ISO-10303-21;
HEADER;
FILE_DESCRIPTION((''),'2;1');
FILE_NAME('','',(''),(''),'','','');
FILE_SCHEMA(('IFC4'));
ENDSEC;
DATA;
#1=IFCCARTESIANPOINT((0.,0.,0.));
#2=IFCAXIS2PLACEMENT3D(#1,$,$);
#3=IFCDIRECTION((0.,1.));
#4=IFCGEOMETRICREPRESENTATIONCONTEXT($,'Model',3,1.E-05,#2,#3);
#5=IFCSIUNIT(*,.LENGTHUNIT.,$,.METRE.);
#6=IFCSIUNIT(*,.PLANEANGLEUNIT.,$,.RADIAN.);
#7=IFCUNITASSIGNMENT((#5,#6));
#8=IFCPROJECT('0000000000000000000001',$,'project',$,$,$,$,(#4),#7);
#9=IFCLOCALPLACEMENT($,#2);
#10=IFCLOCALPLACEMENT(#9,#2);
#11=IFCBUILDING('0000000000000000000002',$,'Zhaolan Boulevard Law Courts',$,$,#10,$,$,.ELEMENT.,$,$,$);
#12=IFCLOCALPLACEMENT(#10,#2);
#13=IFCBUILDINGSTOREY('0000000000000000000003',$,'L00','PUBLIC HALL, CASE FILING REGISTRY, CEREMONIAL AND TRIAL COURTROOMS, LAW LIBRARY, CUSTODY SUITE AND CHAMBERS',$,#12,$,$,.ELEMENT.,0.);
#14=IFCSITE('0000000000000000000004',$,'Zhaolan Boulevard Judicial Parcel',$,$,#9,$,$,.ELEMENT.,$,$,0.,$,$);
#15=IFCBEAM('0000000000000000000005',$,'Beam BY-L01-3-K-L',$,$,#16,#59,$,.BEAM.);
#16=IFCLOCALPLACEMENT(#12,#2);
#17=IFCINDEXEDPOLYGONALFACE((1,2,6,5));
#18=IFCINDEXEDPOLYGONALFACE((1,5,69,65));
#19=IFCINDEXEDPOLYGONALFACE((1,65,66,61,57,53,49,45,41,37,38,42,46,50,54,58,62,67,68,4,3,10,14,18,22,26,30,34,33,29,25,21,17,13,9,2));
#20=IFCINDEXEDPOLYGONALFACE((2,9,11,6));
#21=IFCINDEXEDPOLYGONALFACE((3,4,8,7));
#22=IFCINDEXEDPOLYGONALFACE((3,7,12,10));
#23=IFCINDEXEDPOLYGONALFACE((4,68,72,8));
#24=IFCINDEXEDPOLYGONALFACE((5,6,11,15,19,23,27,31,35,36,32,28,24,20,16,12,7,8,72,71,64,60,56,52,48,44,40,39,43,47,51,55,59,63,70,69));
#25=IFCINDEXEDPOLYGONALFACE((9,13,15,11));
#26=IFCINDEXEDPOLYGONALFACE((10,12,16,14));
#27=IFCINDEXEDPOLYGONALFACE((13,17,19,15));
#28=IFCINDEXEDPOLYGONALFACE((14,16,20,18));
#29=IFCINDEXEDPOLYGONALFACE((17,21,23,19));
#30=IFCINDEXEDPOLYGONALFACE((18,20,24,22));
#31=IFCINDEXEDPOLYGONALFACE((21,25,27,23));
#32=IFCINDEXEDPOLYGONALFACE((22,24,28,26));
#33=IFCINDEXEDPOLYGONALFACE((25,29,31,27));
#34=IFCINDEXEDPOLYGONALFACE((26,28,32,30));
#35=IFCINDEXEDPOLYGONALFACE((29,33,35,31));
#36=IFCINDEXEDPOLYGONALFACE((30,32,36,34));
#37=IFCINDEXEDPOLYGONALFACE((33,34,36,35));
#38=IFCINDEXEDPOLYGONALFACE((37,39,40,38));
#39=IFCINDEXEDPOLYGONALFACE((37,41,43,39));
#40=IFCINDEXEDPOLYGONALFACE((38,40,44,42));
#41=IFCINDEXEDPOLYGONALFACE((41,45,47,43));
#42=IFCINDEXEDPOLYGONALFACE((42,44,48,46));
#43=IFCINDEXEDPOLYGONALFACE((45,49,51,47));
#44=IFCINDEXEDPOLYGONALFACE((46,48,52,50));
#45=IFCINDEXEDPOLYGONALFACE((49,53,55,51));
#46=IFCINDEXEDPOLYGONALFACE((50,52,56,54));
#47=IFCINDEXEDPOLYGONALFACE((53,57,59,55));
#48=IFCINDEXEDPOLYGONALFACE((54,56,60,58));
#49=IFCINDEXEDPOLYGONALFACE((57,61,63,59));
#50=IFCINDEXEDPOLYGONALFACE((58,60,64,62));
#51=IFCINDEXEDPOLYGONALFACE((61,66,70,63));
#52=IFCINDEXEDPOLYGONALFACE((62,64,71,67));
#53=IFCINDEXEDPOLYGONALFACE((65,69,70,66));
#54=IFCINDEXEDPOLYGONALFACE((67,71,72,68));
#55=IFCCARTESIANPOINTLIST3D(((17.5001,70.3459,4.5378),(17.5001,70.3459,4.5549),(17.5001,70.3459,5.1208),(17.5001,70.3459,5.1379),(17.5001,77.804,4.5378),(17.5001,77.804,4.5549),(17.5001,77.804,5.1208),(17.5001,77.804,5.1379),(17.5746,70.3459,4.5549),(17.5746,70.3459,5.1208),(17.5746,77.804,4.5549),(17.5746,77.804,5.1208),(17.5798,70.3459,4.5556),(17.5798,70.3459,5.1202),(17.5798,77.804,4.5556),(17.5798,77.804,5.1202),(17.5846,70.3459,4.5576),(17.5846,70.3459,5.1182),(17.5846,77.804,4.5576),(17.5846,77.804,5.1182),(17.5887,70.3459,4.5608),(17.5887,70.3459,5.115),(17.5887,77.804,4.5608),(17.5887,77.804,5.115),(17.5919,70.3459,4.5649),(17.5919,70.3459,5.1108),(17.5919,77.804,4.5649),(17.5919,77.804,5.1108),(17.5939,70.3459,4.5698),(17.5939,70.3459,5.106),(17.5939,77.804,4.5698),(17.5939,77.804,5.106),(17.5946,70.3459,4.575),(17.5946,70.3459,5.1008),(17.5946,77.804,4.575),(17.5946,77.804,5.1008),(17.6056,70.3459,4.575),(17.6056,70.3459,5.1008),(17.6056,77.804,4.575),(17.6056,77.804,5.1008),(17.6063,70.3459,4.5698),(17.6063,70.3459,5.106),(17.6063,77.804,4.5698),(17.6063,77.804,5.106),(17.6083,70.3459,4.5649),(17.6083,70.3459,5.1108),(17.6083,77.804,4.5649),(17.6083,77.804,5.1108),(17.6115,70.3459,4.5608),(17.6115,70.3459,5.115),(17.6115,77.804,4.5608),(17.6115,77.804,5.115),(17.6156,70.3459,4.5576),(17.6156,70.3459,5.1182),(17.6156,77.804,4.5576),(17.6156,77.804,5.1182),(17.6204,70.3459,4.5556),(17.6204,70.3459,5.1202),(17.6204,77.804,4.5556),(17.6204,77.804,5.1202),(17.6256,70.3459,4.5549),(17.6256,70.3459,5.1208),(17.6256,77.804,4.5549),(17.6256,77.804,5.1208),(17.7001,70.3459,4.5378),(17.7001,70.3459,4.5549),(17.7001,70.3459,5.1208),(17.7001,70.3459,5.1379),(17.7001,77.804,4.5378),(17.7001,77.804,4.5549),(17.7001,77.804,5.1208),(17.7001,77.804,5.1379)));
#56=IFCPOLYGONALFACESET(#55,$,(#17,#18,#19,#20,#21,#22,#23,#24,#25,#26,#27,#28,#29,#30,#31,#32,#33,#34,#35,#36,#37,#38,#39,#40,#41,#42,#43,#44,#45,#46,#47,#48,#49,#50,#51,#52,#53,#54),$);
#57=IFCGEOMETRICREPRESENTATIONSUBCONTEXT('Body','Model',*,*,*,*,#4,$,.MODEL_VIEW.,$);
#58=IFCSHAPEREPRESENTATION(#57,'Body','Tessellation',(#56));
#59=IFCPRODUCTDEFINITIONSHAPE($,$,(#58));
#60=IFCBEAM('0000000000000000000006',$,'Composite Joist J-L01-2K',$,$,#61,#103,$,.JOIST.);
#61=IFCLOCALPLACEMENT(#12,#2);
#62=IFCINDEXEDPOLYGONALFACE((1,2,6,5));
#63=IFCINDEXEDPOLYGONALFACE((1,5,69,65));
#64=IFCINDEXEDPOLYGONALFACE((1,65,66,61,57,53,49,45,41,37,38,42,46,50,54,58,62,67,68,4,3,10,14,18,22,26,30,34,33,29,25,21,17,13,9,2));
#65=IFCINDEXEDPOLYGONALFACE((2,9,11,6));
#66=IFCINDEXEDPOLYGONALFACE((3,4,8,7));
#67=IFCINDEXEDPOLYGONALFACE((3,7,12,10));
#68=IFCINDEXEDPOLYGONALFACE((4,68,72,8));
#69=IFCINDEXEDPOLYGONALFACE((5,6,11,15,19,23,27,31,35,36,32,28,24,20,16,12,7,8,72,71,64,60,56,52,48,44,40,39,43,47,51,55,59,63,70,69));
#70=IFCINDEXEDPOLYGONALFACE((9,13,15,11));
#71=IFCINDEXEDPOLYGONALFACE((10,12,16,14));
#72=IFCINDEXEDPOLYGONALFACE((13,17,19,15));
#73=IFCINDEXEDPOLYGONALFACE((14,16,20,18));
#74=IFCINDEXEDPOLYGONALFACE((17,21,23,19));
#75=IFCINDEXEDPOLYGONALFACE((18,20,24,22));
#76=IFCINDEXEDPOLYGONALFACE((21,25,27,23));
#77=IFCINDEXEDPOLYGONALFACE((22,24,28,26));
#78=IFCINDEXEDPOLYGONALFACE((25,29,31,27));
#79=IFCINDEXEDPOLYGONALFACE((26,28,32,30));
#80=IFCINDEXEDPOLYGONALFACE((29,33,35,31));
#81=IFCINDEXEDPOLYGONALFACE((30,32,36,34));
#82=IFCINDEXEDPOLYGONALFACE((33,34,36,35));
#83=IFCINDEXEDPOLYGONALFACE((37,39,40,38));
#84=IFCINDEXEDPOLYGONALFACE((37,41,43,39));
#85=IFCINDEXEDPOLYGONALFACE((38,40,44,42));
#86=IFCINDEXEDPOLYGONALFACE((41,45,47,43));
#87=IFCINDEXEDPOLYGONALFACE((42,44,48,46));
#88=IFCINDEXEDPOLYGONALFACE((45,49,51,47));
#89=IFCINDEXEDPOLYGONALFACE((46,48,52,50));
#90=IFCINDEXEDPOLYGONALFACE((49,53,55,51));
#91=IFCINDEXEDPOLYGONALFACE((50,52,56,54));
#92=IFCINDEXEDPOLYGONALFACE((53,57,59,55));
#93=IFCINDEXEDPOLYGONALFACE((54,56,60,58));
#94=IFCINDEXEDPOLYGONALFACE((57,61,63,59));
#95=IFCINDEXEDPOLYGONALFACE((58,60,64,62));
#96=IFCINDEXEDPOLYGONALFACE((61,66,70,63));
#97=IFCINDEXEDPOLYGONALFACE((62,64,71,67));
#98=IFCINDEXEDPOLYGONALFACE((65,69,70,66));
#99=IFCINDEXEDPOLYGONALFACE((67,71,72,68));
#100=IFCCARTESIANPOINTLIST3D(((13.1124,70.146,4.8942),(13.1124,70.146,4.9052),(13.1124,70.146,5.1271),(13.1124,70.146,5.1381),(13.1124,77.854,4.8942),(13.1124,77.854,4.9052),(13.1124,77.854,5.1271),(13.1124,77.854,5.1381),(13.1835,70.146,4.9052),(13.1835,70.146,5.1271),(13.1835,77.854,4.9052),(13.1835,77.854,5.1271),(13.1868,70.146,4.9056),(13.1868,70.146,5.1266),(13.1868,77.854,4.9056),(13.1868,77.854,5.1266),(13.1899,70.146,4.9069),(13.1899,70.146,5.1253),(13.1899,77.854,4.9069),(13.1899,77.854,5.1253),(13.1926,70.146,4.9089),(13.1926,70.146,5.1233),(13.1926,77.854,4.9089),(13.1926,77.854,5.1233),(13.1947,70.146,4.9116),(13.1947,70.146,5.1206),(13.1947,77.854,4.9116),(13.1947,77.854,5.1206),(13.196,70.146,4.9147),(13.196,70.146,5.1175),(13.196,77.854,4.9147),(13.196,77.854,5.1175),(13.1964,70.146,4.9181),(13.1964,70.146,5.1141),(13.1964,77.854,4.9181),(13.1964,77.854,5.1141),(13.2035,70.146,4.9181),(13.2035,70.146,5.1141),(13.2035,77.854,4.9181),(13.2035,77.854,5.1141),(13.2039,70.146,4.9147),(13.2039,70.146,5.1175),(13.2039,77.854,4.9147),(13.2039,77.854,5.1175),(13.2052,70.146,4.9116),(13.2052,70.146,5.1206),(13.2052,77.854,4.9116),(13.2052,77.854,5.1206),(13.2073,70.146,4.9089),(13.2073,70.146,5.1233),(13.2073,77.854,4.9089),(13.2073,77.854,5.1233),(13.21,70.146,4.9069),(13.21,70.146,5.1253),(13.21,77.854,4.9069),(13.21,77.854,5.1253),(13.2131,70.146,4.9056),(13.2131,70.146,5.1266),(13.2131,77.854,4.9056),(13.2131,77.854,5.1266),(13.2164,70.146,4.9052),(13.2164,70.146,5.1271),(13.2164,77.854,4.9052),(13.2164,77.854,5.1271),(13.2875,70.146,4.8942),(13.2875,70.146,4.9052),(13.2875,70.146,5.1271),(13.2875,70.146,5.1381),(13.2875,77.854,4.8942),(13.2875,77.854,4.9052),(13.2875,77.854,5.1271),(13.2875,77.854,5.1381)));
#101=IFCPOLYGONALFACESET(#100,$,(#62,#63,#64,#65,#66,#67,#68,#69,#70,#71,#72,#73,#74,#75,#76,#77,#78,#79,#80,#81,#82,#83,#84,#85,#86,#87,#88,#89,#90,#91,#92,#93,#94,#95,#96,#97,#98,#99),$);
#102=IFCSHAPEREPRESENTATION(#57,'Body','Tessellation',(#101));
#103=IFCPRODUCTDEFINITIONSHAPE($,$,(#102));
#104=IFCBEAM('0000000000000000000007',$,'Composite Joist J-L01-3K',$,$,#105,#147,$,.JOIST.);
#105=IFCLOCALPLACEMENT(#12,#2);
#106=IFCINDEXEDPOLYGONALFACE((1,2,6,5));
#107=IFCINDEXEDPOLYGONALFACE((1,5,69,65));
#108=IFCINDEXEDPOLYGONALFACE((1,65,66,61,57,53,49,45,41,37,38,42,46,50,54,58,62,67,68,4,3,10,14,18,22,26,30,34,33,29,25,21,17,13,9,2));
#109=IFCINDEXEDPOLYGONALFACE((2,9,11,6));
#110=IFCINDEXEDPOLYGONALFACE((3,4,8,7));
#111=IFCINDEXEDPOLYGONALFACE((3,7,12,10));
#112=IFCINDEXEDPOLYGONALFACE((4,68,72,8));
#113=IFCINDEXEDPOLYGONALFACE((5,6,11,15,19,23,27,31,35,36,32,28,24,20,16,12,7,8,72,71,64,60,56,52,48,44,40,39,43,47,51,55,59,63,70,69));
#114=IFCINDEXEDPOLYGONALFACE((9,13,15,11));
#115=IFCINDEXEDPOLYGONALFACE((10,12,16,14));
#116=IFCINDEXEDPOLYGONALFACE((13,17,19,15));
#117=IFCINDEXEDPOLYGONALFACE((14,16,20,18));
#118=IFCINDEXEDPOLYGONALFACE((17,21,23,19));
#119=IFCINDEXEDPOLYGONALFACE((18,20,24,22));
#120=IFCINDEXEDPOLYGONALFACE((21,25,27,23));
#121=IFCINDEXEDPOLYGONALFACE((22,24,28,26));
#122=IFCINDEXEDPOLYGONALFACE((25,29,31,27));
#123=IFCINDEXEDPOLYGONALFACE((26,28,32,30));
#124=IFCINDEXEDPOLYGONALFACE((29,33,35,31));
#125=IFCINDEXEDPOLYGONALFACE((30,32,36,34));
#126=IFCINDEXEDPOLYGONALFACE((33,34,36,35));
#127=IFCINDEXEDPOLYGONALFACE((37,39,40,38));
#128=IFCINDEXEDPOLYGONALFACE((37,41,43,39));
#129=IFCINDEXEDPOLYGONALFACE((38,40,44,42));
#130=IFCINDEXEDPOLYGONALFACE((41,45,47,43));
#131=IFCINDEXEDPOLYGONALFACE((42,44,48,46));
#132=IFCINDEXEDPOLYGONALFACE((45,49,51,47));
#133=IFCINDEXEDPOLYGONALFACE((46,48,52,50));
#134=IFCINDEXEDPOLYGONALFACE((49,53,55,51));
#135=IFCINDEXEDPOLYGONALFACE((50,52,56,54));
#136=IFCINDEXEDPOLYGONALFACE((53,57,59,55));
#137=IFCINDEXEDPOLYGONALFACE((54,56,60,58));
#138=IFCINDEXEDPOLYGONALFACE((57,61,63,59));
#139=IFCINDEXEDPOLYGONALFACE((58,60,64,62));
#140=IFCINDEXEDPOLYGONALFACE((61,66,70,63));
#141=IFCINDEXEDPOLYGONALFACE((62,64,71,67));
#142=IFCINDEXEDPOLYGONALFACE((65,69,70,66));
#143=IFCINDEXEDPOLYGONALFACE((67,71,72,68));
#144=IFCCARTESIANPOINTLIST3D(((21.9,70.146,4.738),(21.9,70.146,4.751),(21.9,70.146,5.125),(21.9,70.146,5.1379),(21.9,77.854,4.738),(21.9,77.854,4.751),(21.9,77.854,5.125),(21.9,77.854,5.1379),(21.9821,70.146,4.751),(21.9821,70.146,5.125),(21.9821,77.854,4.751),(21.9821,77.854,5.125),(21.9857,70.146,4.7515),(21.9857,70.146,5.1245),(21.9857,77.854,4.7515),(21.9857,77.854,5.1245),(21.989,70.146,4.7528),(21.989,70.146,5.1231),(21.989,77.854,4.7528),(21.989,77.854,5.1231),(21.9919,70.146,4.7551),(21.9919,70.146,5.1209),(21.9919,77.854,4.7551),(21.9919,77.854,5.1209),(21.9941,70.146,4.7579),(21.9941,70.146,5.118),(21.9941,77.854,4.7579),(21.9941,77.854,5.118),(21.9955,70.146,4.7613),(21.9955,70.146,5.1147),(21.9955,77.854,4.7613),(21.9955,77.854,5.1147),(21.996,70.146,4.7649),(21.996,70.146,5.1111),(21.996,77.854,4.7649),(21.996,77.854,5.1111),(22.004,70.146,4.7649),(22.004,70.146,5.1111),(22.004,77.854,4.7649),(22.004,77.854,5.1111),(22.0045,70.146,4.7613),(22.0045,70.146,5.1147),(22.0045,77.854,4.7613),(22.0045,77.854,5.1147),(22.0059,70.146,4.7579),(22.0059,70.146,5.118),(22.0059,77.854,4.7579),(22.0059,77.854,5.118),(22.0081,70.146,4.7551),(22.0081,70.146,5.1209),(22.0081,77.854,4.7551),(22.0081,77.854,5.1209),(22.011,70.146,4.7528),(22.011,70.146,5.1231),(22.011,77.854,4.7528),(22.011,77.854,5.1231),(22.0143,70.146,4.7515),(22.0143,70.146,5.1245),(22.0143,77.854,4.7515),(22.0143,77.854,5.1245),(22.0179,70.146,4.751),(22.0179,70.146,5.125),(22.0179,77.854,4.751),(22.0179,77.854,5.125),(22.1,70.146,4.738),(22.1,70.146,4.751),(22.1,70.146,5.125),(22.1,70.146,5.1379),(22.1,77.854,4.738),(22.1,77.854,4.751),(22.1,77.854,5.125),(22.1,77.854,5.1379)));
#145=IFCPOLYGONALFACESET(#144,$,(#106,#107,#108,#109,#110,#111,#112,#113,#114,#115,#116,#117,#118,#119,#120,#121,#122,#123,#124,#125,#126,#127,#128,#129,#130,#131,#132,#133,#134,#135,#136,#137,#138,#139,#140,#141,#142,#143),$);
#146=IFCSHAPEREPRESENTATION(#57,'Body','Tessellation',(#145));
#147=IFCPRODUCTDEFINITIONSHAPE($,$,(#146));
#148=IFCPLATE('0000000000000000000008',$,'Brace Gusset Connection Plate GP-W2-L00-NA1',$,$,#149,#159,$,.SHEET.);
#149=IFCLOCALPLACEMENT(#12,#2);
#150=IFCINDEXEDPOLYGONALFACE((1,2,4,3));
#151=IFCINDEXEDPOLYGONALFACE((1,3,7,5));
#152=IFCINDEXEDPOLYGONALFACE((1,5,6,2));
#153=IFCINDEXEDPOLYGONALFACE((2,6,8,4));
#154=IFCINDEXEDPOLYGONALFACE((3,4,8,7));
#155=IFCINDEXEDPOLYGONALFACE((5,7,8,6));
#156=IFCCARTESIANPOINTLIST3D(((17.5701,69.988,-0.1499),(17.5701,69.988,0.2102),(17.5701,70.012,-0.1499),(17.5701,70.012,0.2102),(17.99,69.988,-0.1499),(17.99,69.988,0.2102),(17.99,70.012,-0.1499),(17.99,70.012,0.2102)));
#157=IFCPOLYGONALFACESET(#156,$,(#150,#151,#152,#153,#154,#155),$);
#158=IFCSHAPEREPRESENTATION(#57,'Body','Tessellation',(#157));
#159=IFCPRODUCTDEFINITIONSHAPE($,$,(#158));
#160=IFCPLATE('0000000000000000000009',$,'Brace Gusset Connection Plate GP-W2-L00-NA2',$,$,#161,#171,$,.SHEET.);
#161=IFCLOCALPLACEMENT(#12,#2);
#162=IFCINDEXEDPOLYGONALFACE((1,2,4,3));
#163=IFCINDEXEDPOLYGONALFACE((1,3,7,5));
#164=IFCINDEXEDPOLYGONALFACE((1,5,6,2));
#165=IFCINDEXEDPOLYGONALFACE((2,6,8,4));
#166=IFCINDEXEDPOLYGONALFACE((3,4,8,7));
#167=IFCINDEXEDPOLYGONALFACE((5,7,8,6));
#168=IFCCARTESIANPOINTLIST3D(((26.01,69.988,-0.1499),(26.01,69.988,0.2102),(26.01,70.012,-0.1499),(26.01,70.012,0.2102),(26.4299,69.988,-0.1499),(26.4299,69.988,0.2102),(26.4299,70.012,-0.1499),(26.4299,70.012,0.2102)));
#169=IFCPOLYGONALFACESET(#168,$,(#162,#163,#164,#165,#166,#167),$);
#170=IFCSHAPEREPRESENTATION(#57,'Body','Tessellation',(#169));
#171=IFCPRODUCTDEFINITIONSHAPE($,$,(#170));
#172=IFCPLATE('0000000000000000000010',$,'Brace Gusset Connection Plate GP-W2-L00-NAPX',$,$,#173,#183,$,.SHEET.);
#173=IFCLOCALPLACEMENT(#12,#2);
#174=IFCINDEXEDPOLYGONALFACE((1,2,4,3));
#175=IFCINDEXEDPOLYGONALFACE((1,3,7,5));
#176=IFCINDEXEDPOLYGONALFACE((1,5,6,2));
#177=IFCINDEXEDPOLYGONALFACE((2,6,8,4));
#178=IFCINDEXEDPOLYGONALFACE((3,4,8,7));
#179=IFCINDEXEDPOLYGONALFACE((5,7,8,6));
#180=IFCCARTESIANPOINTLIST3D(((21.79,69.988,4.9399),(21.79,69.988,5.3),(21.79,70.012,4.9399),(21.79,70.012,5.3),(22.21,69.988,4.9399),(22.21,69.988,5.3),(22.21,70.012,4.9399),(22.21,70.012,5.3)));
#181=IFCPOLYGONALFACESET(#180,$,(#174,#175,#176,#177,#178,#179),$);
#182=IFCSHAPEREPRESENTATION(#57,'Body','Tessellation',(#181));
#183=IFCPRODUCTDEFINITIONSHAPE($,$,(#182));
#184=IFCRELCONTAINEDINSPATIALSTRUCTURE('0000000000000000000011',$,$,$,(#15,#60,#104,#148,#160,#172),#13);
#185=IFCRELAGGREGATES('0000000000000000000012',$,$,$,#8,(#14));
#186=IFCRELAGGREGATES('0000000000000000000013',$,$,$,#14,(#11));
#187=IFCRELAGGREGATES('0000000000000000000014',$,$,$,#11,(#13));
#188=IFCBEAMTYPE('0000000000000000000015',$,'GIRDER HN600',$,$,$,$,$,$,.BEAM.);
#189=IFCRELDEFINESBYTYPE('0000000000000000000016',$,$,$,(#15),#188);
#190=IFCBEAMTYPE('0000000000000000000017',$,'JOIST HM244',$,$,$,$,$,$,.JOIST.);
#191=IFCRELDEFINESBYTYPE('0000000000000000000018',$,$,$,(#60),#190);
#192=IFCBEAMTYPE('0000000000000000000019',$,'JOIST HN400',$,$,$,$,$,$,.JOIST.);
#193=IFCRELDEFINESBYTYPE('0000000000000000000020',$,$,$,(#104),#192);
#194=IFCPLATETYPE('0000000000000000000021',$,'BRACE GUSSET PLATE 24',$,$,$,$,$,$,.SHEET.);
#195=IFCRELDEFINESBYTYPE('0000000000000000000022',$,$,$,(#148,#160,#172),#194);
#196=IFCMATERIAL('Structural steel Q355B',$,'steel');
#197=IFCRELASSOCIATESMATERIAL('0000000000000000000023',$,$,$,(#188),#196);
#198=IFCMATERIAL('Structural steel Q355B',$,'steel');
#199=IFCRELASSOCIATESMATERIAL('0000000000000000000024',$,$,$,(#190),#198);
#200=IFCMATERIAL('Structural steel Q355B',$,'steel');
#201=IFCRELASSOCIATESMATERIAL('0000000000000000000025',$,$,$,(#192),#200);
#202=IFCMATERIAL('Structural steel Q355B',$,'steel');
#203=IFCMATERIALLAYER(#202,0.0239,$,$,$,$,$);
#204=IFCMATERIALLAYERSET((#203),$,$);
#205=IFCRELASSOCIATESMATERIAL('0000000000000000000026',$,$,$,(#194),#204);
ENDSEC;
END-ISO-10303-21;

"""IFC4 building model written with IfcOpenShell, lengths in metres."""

from ifc_helpers import new_model, si_unit, direction, frame, origin, origin_2d, place, context, subcontext, project, spatial, rectangle, i_section, extrude, material, layer, layer_set, material_profile, profile_set, type_object, element, save


model = new_model("IFC4")

# Units and contexts
model_context = context("Model", 3, precision=1e-05, world=origin(), true_north=direction((0.0, 1.0)))
body_context = subcontext(model_context, "Body", "Model", "MODEL_VIEW")
ifc_project = project(units=[si_unit("LENGTHUNIT", "METRE"), si_unit("PLANEANGLEUNIT", "RADIAN")], contexts=[model_context])

# Site, building, storey
site_placement = place(None, origin())
site = spatial("IfcSite", under=ifc_project, at=site_placement, Name="Zhaolan Boulevard Judicial Parcel", CompositionType="ELEMENT", RefElevation=0.0)
building_placement = place(site_placement, origin())
building = spatial("IfcBuilding", under=site, at=building_placement, Name="Zhaolan Boulevard Law Courts", CompositionType="ELEMENT")
storey_placement = place(building_placement, origin())
storey = spatial("IfcBuildingStorey", under=building, at=storey_placement, Name="L00", Description="PUBLIC HALL, CASE FILING REGISTRY, CEREMONIAL AND TRIAL COURTROOMS, LAW LIBRARY, CUSTODY SUITE AND CHAMBERS", CompositionType="ELEMENT", Elevation=0.0)

# Beams
ifc_material_1 = material(Name="Structural steel Q355B", Category="steel")
ifc_material_profile_1 = material_profile(ifc_material_1, i_section(OverallWidth=0.2, OverallDepth=0.6001, WebThickness=0.011, FlangeThickness=0.0171, FilletRadius=0.02, at=origin_2d()), Name="HN600x200")
ifc_profile_set_1 = profile_set([ifc_material_profile_1], Name="Structural steel Q355B")
beam_type_1 = type_object("IfcBeamType", Name="GIRDER HN600", PredefinedType="BEAM", material=ifc_profile_set_1)
beam_1_placement = place(storey_placement, frame((17.6001, 70.3459, 4.8379), z_axis=(0.0, 1.0, 0.0), x_axis=(-1.0, 0.0, 0.0)))
element("IfcBeam", 1, at=beam_1_placement, inside=storey, type_object=beam_type_1, Name="Beam BY-L01-3-K-L", PredefinedType="BEAM", context=body_context, shape_type="SweptSolid", body=[
    extrude(i_section(OverallWidth=0.2, OverallDepth=0.6001, WebThickness=0.011, FlangeThickness=0.0171, FilletRadius=0.02, at=origin_2d()), origin(), (0.0, 0.0, 1.0), 7.458),
])
ifc_material_2 = material(Name="Structural steel Q355B", Category="steel")
ifc_material_profile_2 = material_profile(ifc_material_2, i_section(OverallWidth=0.175, OverallDepth=0.2439, WebThickness=0.0071, FlangeThickness=0.011, FilletRadius=0.0129, at=origin_2d()), Name="HM244x175")
ifc_profile_set_2 = profile_set([ifc_material_profile_2], Name="Structural steel Q355B")
beam_type_2 = type_object("IfcBeamType", Name="JOIST HM244", PredefinedType="JOIST", material=ifc_profile_set_2)
beam_2_placement = place(storey_placement, frame((13.2, 70.146, 5.0161), z_axis=(0.0, 1.0, 0.0), x_axis=(-1.0, 0.0, 0.0)))
element("IfcBeam", 2, at=beam_2_placement, inside=storey, type_object=beam_type_2, Name="Composite Joist J-L01-2K", PredefinedType="JOIST", context=body_context, shape_type="SweptSolid", body=[
    extrude(i_section(OverallWidth=0.175, OverallDepth=0.2439, WebThickness=0.0071, FlangeThickness=0.011, FilletRadius=0.0129, at=origin_2d()), origin(), (0.0, 0.0, 1.0), 7.708),
])
ifc_material_3 = material(Name="Structural steel Q355B", Category="steel")
ifc_material_profile_3 = material_profile(ifc_material_3, i_section(OverallWidth=0.2, OverallDepth=0.3999, WebThickness=0.0081, FlangeThickness=0.0129, FilletRadius=0.0139, at=origin_2d()), Name="HN400x200")
ifc_profile_set_3 = profile_set([ifc_material_profile_3], Name="Structural steel Q355B")
beam_type_3 = type_object("IfcBeamType", Name="JOIST HN400", PredefinedType="JOIST", material=ifc_profile_set_3)
beam_3_placement = place(storey_placement, frame((22.0, 70.146, 4.938), z_axis=(0.0, 1.0, 0.0), x_axis=(-1.0, 0.0, 0.0)))
element("IfcBeam", 3, at=beam_3_placement, inside=storey, type_object=beam_type_3, Name="Composite Joist J-L01-3K", PredefinedType="JOIST", context=body_context, shape_type="SweptSolid", body=[
    extrude(i_section(OverallWidth=0.2, OverallDepth=0.3999, WebThickness=0.0081, FlangeThickness=0.0129, FilletRadius=0.0139, at=origin_2d()), origin(), (0.0, 0.0, 1.0), 7.708),
])

# Plates
ifc_material_4 = material(Name="Structural steel Q355B", Category="steel")
ifc_layer_1 = layer(ifc_material_4, 0.0239)
ifc_layer_set_1 = layer_set([ifc_layer_1])
plate_type_1 = type_object("IfcPlateType", Name="BRACE GUSSET PLATE 24", PredefinedType="SHEET", material=ifc_layer_set_1)
for number, where, z_axis, x_axis, name in (
    (4, (17.78, 70.0, -0.1499), (0.0, 0.0, 1.0), (1.0, 0.0, 0.0), "Brace Gusset Connection Plate GP-W2-L00-NA1"),
    (5, (26.22, 70.0, -0.1499), (0.0, 0.0, 1.0), (1.0, 0.0, 0.0), "Brace Gusset Connection Plate GP-W2-L00-NA2"),
    (6, (22.0, 70.0, 4.9399), (0.0, 0.0, 1.0), (1.0, 0.0, 0.0), "Brace Gusset Connection Plate GP-W2-L00-NAPX"),
):
    element("IfcPlate", number, at=place(storey_placement, frame(where, z_axis=z_axis, x_axis=x_axis)), inside=storey, type_object=plate_type_1, Name=name, PredefinedType="SHEET", context=body_context, shape_type="SweptSolid", body=[
        extrude(rectangle(XDim=0.4199, YDim=0.0239, at=origin_2d()), origin(), (0.0, 0.0, 1.0), 0.3601),
    ])

save(model, "model.ifc")
